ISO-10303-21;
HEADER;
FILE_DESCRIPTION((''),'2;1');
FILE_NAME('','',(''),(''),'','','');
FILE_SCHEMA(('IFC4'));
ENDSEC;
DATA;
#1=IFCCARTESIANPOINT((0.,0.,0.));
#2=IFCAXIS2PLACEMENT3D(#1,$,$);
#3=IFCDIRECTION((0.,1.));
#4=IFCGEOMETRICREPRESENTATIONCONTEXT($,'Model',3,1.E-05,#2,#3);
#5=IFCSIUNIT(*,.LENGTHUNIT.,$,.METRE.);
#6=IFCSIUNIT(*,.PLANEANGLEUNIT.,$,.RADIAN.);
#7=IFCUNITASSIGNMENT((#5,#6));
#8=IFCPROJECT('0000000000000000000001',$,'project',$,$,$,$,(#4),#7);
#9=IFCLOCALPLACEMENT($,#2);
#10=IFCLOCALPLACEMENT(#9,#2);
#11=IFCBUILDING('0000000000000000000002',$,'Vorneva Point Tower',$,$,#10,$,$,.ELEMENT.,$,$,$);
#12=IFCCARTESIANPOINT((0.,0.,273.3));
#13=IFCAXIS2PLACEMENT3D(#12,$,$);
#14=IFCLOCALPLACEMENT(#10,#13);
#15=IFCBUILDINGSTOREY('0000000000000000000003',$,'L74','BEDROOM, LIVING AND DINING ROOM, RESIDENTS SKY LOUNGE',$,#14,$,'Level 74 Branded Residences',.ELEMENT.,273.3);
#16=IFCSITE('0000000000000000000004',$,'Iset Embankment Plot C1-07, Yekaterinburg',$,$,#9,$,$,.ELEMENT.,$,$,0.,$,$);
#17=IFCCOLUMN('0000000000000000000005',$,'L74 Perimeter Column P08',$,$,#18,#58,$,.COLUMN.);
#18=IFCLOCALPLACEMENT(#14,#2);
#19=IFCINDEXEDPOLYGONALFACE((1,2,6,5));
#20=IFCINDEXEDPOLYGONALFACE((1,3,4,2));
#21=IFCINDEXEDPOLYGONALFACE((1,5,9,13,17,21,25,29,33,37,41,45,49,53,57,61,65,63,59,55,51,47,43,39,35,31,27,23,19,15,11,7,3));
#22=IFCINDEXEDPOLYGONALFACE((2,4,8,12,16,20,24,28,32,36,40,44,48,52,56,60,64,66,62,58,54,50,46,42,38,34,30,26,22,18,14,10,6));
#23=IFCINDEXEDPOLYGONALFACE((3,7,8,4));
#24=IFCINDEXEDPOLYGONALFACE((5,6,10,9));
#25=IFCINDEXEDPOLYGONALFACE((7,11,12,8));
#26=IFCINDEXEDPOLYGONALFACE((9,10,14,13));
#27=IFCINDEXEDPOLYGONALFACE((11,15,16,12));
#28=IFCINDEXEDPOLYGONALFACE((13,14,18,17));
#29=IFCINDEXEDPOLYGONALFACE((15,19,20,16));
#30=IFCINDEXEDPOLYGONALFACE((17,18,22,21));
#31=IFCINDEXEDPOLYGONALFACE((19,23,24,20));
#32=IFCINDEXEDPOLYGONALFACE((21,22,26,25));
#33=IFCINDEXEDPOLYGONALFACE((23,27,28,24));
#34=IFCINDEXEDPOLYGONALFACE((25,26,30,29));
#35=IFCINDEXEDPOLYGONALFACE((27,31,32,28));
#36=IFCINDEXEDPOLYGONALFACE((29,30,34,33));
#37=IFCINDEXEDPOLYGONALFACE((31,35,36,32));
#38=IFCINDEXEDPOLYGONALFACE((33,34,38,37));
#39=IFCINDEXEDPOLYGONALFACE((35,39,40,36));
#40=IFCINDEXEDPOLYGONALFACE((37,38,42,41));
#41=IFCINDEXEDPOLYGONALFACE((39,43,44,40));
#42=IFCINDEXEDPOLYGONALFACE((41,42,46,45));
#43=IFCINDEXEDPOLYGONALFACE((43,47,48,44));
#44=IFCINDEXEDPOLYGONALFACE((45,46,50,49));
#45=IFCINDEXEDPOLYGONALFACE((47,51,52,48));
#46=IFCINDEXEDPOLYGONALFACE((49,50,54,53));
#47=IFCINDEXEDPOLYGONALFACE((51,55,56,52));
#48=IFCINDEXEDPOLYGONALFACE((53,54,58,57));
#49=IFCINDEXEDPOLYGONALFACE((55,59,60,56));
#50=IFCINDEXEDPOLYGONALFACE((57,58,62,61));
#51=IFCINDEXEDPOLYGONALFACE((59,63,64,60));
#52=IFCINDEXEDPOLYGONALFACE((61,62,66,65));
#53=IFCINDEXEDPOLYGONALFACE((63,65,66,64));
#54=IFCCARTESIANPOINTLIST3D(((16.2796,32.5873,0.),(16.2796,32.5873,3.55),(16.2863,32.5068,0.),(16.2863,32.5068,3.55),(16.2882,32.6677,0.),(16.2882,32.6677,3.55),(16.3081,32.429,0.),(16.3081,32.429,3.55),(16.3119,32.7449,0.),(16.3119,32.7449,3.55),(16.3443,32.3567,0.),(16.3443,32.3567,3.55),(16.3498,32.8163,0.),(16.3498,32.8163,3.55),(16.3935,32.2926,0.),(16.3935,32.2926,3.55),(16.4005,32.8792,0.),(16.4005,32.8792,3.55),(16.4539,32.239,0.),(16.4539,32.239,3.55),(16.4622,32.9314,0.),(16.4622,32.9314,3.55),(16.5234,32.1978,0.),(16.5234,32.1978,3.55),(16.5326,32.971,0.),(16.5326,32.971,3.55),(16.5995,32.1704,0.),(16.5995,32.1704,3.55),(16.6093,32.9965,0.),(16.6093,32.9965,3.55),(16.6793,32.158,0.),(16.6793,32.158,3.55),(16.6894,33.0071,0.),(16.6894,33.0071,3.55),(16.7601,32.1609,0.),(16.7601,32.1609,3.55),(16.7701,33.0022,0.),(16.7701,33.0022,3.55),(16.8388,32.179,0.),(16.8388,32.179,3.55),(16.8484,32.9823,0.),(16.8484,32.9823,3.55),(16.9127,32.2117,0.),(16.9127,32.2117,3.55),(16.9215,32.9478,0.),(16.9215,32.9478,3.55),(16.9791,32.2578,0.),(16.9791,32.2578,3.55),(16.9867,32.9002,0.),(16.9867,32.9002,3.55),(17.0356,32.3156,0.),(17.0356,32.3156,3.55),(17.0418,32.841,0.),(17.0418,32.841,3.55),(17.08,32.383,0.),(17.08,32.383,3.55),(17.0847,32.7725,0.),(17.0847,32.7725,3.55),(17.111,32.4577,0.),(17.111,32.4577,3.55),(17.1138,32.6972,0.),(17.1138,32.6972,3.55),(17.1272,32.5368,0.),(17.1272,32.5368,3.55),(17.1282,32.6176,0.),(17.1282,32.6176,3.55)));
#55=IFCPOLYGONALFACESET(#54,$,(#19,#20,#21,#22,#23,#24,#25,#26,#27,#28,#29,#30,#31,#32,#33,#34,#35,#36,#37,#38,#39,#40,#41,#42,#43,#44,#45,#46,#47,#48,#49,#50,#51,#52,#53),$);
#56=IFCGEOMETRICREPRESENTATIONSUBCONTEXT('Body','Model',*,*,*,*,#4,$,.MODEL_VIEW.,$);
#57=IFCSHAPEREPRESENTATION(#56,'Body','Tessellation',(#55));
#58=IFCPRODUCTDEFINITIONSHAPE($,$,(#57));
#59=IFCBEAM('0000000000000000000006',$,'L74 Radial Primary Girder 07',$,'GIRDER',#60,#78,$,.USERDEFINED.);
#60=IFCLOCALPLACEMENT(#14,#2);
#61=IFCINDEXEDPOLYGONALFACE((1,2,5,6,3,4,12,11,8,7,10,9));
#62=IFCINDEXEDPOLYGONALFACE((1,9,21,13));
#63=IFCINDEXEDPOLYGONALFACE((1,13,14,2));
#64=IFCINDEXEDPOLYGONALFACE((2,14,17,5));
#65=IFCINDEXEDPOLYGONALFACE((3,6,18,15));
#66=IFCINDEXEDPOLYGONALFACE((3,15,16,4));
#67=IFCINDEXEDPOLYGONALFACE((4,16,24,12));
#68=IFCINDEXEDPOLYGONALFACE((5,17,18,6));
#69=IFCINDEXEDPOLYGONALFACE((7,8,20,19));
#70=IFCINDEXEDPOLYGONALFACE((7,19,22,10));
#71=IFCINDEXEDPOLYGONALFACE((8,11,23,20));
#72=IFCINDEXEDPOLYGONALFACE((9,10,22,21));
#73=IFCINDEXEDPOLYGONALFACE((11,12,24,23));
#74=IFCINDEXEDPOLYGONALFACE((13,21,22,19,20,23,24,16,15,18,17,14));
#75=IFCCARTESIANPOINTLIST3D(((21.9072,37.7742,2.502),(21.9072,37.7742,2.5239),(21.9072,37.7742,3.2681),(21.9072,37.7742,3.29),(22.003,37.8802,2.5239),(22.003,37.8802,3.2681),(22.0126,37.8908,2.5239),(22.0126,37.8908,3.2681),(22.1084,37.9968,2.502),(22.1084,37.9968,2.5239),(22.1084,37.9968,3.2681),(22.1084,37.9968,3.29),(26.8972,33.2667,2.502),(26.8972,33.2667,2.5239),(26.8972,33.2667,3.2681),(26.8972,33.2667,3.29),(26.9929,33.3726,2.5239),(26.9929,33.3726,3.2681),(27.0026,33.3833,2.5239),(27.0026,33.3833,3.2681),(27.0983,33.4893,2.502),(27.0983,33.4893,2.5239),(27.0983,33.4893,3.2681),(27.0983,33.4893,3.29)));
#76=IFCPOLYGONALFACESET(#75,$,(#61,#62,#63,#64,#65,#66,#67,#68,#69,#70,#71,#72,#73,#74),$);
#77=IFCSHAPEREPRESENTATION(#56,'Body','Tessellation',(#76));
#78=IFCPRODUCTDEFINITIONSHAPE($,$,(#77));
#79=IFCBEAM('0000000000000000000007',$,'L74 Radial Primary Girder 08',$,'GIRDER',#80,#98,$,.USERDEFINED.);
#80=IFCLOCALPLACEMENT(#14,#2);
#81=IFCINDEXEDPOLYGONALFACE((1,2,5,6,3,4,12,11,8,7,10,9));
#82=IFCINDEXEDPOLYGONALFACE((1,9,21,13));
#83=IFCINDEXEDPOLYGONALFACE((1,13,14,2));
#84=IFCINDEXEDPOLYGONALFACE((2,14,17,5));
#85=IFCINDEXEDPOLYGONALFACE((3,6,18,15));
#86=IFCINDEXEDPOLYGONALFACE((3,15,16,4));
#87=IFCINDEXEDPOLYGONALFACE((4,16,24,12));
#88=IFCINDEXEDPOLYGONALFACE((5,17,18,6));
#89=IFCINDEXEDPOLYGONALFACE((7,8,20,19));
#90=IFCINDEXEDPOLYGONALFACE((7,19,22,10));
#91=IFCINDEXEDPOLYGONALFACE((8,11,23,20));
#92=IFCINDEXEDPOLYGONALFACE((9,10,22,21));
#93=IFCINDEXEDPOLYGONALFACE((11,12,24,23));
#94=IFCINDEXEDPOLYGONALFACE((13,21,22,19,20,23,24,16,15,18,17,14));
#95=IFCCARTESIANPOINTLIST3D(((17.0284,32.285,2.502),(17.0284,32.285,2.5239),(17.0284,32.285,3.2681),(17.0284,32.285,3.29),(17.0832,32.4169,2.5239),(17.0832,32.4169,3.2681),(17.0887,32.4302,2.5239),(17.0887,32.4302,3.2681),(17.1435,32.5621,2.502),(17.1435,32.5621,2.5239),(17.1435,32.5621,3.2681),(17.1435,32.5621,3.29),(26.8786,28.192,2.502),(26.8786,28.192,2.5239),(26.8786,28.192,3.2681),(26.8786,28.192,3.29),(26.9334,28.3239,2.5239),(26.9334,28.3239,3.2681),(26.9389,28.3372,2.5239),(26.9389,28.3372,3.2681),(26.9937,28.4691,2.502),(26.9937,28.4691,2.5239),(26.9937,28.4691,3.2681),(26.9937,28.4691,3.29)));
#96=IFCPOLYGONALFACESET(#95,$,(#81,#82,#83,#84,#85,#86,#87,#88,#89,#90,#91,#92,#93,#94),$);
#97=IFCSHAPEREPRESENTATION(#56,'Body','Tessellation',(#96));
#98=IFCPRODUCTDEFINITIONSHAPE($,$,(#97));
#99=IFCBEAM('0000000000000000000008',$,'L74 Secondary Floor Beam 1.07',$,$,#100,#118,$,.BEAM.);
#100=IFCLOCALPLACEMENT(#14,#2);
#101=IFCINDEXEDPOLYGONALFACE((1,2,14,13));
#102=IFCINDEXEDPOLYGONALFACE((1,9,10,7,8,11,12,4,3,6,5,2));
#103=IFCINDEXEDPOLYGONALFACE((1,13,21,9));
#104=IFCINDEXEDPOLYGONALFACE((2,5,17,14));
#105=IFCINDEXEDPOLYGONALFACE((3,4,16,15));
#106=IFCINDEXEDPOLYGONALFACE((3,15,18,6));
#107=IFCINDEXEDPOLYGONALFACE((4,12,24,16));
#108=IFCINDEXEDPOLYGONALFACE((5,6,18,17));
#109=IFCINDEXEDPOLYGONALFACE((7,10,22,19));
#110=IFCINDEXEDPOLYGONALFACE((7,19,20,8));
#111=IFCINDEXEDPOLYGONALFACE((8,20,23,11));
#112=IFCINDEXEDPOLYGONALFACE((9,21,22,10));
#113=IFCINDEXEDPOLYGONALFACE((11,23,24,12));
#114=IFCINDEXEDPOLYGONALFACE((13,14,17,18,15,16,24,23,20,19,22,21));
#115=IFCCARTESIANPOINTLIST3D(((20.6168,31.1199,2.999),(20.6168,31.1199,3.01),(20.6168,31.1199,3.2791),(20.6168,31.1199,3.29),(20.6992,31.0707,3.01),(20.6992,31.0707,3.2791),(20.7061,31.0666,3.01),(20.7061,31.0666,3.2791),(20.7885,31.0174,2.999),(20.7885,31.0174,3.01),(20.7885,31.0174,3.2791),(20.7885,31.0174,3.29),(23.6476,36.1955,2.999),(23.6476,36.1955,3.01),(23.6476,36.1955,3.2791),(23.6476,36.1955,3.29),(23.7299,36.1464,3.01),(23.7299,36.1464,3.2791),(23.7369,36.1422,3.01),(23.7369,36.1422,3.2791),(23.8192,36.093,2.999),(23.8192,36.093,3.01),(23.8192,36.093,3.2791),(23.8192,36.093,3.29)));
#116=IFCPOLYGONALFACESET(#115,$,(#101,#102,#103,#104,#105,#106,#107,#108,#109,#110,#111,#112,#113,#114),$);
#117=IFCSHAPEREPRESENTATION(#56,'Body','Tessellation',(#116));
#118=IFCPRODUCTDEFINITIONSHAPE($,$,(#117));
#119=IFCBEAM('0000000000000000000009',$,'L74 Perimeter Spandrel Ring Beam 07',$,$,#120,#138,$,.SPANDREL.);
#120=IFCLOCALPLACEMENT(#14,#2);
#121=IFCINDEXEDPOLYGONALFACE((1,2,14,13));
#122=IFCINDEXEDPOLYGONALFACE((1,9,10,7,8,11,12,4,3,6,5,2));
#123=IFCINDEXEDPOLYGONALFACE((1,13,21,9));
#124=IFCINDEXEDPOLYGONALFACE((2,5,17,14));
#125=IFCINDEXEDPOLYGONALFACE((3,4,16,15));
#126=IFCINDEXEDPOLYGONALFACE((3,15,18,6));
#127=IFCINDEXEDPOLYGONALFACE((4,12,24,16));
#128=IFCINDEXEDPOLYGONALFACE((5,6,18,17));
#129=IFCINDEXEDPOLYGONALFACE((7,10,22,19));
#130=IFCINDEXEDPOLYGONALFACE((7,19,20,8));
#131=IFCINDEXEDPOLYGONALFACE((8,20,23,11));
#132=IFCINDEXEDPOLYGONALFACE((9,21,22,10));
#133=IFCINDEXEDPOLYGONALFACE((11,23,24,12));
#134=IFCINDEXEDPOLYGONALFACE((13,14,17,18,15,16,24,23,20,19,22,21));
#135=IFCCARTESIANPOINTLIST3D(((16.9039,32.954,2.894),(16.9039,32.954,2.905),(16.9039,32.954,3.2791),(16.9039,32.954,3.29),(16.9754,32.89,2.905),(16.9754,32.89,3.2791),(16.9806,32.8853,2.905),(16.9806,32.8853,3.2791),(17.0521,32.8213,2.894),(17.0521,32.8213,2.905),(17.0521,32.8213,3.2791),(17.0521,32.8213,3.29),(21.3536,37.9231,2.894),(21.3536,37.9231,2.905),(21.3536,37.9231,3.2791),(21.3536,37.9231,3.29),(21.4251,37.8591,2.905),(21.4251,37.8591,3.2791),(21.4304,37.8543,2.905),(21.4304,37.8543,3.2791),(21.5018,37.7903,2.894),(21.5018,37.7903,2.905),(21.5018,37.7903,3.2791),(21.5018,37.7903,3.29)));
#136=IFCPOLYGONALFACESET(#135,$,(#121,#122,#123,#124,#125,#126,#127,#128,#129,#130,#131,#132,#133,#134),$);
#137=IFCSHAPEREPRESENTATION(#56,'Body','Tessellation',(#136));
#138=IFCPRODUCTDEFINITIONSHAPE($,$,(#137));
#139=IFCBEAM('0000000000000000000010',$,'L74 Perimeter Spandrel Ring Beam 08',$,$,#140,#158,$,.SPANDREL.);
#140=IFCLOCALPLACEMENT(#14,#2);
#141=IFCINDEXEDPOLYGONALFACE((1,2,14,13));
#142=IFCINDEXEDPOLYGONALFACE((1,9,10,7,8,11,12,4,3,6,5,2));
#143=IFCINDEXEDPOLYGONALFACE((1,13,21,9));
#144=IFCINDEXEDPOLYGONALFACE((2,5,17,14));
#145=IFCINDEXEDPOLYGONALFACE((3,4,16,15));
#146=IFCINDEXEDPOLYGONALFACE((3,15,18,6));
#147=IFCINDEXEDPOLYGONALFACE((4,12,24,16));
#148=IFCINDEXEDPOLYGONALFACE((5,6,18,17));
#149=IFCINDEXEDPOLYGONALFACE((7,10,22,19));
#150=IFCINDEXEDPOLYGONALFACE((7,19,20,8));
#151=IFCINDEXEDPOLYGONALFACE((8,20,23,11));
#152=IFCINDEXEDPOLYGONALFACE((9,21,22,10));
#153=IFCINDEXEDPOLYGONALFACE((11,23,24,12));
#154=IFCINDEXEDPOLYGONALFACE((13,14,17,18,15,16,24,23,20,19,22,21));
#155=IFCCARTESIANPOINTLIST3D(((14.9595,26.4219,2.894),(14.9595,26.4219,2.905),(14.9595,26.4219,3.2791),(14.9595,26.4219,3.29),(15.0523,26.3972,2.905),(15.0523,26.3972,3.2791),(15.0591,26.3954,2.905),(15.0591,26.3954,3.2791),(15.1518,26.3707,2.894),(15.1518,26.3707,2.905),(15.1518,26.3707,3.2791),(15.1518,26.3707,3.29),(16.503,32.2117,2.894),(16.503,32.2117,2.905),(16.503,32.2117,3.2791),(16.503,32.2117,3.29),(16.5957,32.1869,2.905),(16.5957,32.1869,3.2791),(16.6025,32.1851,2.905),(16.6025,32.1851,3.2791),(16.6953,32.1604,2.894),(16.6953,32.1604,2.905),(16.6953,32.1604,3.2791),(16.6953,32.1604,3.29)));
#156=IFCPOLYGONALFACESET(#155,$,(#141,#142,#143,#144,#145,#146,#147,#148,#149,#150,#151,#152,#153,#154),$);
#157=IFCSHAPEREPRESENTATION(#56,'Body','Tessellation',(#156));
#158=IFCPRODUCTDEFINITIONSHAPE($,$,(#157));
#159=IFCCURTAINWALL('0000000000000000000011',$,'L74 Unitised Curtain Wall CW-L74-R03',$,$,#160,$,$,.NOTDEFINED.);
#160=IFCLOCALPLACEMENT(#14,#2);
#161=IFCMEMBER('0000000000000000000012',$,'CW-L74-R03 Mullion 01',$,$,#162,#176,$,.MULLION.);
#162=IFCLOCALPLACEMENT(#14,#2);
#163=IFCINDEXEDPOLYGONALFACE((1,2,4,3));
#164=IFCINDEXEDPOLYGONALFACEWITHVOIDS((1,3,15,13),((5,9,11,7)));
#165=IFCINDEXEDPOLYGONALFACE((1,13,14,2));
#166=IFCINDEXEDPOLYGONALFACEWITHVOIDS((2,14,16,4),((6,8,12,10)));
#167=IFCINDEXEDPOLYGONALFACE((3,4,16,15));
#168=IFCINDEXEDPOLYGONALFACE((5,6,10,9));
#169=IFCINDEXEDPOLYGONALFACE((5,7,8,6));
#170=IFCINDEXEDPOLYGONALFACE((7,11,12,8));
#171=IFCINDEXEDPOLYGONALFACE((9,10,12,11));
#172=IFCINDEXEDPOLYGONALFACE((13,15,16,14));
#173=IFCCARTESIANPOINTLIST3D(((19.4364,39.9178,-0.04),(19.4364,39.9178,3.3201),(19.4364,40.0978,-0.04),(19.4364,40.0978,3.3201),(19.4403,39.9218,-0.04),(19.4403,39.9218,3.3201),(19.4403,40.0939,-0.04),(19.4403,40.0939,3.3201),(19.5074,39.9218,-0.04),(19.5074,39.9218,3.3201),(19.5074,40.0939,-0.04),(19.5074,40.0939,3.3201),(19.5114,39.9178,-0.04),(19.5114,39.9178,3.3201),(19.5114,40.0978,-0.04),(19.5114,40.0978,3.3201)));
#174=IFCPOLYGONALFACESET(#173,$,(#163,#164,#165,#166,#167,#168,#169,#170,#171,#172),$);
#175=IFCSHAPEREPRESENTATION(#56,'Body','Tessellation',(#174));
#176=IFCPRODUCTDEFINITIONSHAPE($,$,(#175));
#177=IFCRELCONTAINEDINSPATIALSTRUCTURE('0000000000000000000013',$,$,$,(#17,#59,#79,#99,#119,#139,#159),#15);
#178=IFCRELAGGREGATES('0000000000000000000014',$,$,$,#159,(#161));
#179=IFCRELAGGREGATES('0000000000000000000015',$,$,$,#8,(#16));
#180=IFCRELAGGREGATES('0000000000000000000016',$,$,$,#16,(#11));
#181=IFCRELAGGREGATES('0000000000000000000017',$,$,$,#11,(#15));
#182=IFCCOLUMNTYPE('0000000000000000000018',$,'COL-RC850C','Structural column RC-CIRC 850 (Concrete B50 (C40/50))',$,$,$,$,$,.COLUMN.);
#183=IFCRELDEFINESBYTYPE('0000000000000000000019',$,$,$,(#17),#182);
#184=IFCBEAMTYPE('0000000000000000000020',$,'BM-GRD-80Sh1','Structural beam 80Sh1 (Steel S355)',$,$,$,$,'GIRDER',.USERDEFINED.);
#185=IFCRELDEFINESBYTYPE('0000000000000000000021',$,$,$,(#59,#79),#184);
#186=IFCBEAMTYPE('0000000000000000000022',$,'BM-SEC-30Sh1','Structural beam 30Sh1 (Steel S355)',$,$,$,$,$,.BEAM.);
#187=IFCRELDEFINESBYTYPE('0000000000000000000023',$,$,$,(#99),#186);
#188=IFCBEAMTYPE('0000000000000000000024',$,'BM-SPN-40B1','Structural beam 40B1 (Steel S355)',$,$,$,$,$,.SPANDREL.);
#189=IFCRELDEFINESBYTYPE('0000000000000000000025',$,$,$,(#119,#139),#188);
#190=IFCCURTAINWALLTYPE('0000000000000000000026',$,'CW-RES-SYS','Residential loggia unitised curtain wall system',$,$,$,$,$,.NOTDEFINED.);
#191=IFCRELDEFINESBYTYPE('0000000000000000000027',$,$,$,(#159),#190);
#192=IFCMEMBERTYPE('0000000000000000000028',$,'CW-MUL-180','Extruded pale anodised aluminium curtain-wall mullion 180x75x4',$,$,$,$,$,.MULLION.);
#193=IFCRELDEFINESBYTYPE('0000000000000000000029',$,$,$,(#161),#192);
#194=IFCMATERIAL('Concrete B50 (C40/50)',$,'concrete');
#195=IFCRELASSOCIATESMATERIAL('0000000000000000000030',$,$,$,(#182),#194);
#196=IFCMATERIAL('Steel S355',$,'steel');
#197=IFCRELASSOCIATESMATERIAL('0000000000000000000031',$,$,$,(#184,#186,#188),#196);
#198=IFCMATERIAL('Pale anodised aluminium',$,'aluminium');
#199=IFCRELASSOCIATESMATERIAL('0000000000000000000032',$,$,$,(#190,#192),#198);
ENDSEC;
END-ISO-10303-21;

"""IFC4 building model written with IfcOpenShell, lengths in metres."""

from ifc_helpers import new_model, si_unit, direction, frame, origin, origin_2d, place, context, subcontext, project, spatial, hollow_rectangle, circle, i_section, extrude, material, material_profile, profile_set, type_object, element, aggregate, save


model = new_model("IFC4")

# Units and contexts
model_context = context("Model", 3, precision=1e-05, world=origin(), true_north=direction((0.0, 1.0)))
body_context = subcontext(model_context, "Body", "Model", "MODEL_VIEW")
ifc_project = project(units=[si_unit("LENGTHUNIT", "METRE"), si_unit("PLANEANGLEUNIT", "RADIAN")], contexts=[model_context])

# Site, building, storey
site_placement = place(None, origin())
site = spatial("IfcSite", under=ifc_project, at=site_placement, Name="Iset Embankment Plot C1-07, Yekaterinburg", CompositionType="ELEMENT", RefElevation=0.0)
building_placement = place(site_placement, origin())
building = spatial("IfcBuilding", under=site, at=building_placement, Name="Vorneva Point Tower", CompositionType="ELEMENT")
storey_placement = place(building_placement, frame((0.0, 0.0, 273.3)))
storey = spatial("IfcBuildingStorey", under=building, at=storey_placement, Name="L74", Description="BEDROOM, LIVING AND DINING ROOM, RESIDENTS SKY LOUNGE", LongName="Level 74 Branded Residences", CompositionType="ELEMENT", Elevation=273.3)

# Column
ifc_material_1 = material(Name="Concrete B50 (C40/50)", Category="concrete")
ifc_material_profile_1 = material_profile(ifc_material_1, circle(Radius=0.425, at=origin_2d()), Name="RC-CIRC 850")
ifc_profile_set_1 = profile_set([ifc_material_profile_1], Name="Concrete B50 (C40/50)")
column_type = type_object("IfcColumnType", Name="COL-RC850C", Description="Structural column RC-CIRC 850 (Concrete B50 (C40/50))", PredefinedType="COLUMN", material=ifc_profile_set_1)
for number, where, z_axis, x_axis, name in (
    (1, (16.7046, 32.5823, 0.0), (0.0, 0.0, 1.0), (-0.92388, 0.382683, 0.0), "L74 Perimeter Column P08"),
):
    element("IfcColumn", number, at=place(storey_placement, frame(where, z_axis=z_axis, x_axis=x_axis)), inside=storey, type_object=column_type, Name=name, PredefinedType="COLUMN", context=body_context, shape_type="SweptSolid", body=[
        extrude(circle(Radius=0.425, at=origin_2d()), origin(), (0.0, 0.0, 1.0), 3.55),
    ])

# Beams
ifc_material_2 = material(Name="Steel S355", Category="steel")
ifc_material_profile_2 = material_profile(ifc_material_2, i_section(OverallWidth=0.3, OverallDepth=0.7881, WebThickness=0.0144, FlangeThickness=0.022, at=origin_2d()), Name="80Sh1")
ifc_profile_set_2 = profile_set([ifc_material_profile_2], Name="Steel S355")
beam_type_1 = type_object("IfcBeamType", Name="BM-GRD-80Sh1", Description="Structural beam 80Sh1 (Steel S355)", ElementType="GIRDER", PredefinedType="USERDEFINED", material=ifc_profile_set_2)
beam_1_placement = place(storey_placement, frame((22.0078, 37.8855, 2.896), z_axis=(0.742067, -0.670326, 0.0), x_axis=(0.670326, 0.742067, 0.0)))
element("IfcBeam", 2, at=beam_1_placement, inside=storey, type_object=beam_type_1, Name="L74 Radial Primary Girder 07", ObjectType="GIRDER", PredefinedType="USERDEFINED", context=body_context, shape_type="SweptSolid", body=[
    extrude(i_section(OverallWidth=0.3, OverallDepth=0.7881, WebThickness=0.0144, FlangeThickness=0.022, at=origin_2d()), origin(), (0.0, 0.0, 1.0), 6.7244),
])
beam_2_placement = place(storey_placement, frame((17.0859, 32.4236, 2.896), z_axis=(0.923449, -0.383721, 0.0), x_axis=(0.383721, 0.923449, 0.0)))
element("IfcBeam", 3, at=beam_2_placement, inside=storey, type_object=beam_type_1, Name="L74 Radial Primary Girder 08", ObjectType="GIRDER", PredefinedType="USERDEFINED", context=body_context, shape_type="SweptSolid", body=[
    extrude(i_section(OverallWidth=0.3, OverallDepth=0.7881, WebThickness=0.0144, FlangeThickness=0.022, at=origin_2d()), origin(), (0.0, 0.0, 1.0), 10.6667),
])
ifc_material_profile_3 = material_profile(ifc_material_2, i_section(OverallWidth=0.2, OverallDepth=0.291, WebThickness=0.0081, FlangeThickness=0.011, at=origin_2d()), Name="30Sh1")
ifc_profile_set_3 = profile_set([ifc_material_profile_3], Name="Steel S355")
beam_type_2 = type_object("IfcBeamType", Name="BM-SEC-30Sh1", Description="Structural beam 30Sh1 (Steel S355)", PredefinedType="BEAM", material=ifc_profile_set_3)
beam_3_placement = place(storey_placement, frame((23.7334, 36.1443, 3.1445), z_axis=(-0.512673, -0.858584, 0.0), x_axis=(0.858584, -0.512673, 0.0)))
element("IfcBeam", 4, at=beam_3_placement, inside=storey, type_object=beam_type_2, Name="L74 Secondary Floor Beam 1.07", PredefinedType="BEAM", context=body_context, shape_type="SweptSolid", body=[
    extrude(i_section(OverallWidth=0.2, OverallDepth=0.291, WebThickness=0.0081, FlangeThickness=0.011, at=origin_2d()), origin(), (0.0, 0.0, 1.0), 5.9116),
])
ifc_material_profile_4 = material_profile(ifc_material_2, i_section(OverallWidth=0.199, OverallDepth=0.396, WebThickness=0.0071, FlangeThickness=0.011, at=origin_2d()), Name="40B1")
ifc_profile_set_4 = profile_set([ifc_material_profile_4], Name="Steel S355")
beam_type_3 = type_object("IfcBeamType", Name="BM-SPN-40B1", Description="Structural beam 40B1 (Steel S355)", PredefinedType="SPANDREL", material=ifc_profile_set_4)
beam_4_placement = place(storey_placement, frame((21.4277, 37.8567, 3.092), z_axis=(-0.667108, -0.744961, 0.0), x_axis=(0.744961, -0.667108, 0.0)))
element("IfcBeam", 5, at=beam_4_placement, inside=storey, type_object=beam_type_3, Name="L74 Perimeter Spandrel Ring Beam 07", PredefinedType="SPANDREL", context=body_context, shape_type="SweptSolid", body=[
    extrude(i_section(OverallWidth=0.199, OverallDepth=0.396, WebThickness=0.0071, FlangeThickness=0.011, at=origin_2d()), origin(), (0.0, 0.0, 1.0), 6.6702),
])
beam_5_placement = place(storey_placement, frame((16.5991, 32.186, 3.092), z_axis=(-0.257587, -0.966255, 0.0), x_axis=(0.966255, -0.257587, 0.0)))
element("IfcBeam", 6, at=beam_5_placement, inside=storey, type_object=beam_type_3, Name="L74 Perimeter Spandrel Ring Beam 08", PredefinedType="SPANDREL", context=body_context, shape_type="SweptSolid", body=[
    extrude(i_section(OverallWidth=0.199, OverallDepth=0.396, WebThickness=0.0071, FlangeThickness=0.011, at=origin_2d()), origin(), (0.0, 0.0, 1.0), 5.9919),
])

# Curtain wall, member
ifc_material_3 = material(Name="Pale anodised aluminium", Category="aluminium")
curtain_wall_type = type_object("IfcCurtainWallType", Name="CW-RES-SYS", Description="Residential loggia unitised curtain wall system", PredefinedType="NOTDEFINED", material=ifc_material_3)
curtain_wall_placement = place(storey_placement, origin())
curtain_wall = element("IfcCurtainWall", 7, at=curtain_wall_placement, inside=storey, type_object=curtain_wall_type, Name="L74 Unitised Curtain Wall CW-L74-R03", PredefinedType="NOTDEFINED")
ifc_material_profile_5 = material_profile(ifc_material_3, hollow_rectangle(XDim=0.075, YDim=0.1799, WallThickness=0.0039, at=origin_2d()), Name="AL-MUL 180x75x4")
ifc_profile_set_5 = profile_set([ifc_material_profile_5], Name="Pale anodised aluminium")
member_type_1 = type_object("IfcMemberType", Name="CW-MUL-180", Description="Extruded pale anodised aluminium curtain-wall mullion 180x75x4", PredefinedType="MULLION", material=ifc_profile_set_5)
member_1_placement = place(storey_placement, frame((19.4739, 40.0078, -0.04), z_axis=(0.0, 0.0, 1.0), x_axis=(1.0, 0.0, 0.0)))
member_1 = element("IfcMember", 8, at=member_1_placement, type_object=member_type_1, Name="CW-L74-R03 Mullion 01", PredefinedType="MULLION", context=body_context, shape_type="SweptSolid", body=[
    extrude(hollow_rectangle(XDim=0.075, YDim=0.1799, WallThickness=0.0039, at=origin_2d()), origin(), (0.0, 0.0, 1.0), 3.3601),
])
aggregate(curtain_wall, [member_1])

save(model, "model.ifc")
